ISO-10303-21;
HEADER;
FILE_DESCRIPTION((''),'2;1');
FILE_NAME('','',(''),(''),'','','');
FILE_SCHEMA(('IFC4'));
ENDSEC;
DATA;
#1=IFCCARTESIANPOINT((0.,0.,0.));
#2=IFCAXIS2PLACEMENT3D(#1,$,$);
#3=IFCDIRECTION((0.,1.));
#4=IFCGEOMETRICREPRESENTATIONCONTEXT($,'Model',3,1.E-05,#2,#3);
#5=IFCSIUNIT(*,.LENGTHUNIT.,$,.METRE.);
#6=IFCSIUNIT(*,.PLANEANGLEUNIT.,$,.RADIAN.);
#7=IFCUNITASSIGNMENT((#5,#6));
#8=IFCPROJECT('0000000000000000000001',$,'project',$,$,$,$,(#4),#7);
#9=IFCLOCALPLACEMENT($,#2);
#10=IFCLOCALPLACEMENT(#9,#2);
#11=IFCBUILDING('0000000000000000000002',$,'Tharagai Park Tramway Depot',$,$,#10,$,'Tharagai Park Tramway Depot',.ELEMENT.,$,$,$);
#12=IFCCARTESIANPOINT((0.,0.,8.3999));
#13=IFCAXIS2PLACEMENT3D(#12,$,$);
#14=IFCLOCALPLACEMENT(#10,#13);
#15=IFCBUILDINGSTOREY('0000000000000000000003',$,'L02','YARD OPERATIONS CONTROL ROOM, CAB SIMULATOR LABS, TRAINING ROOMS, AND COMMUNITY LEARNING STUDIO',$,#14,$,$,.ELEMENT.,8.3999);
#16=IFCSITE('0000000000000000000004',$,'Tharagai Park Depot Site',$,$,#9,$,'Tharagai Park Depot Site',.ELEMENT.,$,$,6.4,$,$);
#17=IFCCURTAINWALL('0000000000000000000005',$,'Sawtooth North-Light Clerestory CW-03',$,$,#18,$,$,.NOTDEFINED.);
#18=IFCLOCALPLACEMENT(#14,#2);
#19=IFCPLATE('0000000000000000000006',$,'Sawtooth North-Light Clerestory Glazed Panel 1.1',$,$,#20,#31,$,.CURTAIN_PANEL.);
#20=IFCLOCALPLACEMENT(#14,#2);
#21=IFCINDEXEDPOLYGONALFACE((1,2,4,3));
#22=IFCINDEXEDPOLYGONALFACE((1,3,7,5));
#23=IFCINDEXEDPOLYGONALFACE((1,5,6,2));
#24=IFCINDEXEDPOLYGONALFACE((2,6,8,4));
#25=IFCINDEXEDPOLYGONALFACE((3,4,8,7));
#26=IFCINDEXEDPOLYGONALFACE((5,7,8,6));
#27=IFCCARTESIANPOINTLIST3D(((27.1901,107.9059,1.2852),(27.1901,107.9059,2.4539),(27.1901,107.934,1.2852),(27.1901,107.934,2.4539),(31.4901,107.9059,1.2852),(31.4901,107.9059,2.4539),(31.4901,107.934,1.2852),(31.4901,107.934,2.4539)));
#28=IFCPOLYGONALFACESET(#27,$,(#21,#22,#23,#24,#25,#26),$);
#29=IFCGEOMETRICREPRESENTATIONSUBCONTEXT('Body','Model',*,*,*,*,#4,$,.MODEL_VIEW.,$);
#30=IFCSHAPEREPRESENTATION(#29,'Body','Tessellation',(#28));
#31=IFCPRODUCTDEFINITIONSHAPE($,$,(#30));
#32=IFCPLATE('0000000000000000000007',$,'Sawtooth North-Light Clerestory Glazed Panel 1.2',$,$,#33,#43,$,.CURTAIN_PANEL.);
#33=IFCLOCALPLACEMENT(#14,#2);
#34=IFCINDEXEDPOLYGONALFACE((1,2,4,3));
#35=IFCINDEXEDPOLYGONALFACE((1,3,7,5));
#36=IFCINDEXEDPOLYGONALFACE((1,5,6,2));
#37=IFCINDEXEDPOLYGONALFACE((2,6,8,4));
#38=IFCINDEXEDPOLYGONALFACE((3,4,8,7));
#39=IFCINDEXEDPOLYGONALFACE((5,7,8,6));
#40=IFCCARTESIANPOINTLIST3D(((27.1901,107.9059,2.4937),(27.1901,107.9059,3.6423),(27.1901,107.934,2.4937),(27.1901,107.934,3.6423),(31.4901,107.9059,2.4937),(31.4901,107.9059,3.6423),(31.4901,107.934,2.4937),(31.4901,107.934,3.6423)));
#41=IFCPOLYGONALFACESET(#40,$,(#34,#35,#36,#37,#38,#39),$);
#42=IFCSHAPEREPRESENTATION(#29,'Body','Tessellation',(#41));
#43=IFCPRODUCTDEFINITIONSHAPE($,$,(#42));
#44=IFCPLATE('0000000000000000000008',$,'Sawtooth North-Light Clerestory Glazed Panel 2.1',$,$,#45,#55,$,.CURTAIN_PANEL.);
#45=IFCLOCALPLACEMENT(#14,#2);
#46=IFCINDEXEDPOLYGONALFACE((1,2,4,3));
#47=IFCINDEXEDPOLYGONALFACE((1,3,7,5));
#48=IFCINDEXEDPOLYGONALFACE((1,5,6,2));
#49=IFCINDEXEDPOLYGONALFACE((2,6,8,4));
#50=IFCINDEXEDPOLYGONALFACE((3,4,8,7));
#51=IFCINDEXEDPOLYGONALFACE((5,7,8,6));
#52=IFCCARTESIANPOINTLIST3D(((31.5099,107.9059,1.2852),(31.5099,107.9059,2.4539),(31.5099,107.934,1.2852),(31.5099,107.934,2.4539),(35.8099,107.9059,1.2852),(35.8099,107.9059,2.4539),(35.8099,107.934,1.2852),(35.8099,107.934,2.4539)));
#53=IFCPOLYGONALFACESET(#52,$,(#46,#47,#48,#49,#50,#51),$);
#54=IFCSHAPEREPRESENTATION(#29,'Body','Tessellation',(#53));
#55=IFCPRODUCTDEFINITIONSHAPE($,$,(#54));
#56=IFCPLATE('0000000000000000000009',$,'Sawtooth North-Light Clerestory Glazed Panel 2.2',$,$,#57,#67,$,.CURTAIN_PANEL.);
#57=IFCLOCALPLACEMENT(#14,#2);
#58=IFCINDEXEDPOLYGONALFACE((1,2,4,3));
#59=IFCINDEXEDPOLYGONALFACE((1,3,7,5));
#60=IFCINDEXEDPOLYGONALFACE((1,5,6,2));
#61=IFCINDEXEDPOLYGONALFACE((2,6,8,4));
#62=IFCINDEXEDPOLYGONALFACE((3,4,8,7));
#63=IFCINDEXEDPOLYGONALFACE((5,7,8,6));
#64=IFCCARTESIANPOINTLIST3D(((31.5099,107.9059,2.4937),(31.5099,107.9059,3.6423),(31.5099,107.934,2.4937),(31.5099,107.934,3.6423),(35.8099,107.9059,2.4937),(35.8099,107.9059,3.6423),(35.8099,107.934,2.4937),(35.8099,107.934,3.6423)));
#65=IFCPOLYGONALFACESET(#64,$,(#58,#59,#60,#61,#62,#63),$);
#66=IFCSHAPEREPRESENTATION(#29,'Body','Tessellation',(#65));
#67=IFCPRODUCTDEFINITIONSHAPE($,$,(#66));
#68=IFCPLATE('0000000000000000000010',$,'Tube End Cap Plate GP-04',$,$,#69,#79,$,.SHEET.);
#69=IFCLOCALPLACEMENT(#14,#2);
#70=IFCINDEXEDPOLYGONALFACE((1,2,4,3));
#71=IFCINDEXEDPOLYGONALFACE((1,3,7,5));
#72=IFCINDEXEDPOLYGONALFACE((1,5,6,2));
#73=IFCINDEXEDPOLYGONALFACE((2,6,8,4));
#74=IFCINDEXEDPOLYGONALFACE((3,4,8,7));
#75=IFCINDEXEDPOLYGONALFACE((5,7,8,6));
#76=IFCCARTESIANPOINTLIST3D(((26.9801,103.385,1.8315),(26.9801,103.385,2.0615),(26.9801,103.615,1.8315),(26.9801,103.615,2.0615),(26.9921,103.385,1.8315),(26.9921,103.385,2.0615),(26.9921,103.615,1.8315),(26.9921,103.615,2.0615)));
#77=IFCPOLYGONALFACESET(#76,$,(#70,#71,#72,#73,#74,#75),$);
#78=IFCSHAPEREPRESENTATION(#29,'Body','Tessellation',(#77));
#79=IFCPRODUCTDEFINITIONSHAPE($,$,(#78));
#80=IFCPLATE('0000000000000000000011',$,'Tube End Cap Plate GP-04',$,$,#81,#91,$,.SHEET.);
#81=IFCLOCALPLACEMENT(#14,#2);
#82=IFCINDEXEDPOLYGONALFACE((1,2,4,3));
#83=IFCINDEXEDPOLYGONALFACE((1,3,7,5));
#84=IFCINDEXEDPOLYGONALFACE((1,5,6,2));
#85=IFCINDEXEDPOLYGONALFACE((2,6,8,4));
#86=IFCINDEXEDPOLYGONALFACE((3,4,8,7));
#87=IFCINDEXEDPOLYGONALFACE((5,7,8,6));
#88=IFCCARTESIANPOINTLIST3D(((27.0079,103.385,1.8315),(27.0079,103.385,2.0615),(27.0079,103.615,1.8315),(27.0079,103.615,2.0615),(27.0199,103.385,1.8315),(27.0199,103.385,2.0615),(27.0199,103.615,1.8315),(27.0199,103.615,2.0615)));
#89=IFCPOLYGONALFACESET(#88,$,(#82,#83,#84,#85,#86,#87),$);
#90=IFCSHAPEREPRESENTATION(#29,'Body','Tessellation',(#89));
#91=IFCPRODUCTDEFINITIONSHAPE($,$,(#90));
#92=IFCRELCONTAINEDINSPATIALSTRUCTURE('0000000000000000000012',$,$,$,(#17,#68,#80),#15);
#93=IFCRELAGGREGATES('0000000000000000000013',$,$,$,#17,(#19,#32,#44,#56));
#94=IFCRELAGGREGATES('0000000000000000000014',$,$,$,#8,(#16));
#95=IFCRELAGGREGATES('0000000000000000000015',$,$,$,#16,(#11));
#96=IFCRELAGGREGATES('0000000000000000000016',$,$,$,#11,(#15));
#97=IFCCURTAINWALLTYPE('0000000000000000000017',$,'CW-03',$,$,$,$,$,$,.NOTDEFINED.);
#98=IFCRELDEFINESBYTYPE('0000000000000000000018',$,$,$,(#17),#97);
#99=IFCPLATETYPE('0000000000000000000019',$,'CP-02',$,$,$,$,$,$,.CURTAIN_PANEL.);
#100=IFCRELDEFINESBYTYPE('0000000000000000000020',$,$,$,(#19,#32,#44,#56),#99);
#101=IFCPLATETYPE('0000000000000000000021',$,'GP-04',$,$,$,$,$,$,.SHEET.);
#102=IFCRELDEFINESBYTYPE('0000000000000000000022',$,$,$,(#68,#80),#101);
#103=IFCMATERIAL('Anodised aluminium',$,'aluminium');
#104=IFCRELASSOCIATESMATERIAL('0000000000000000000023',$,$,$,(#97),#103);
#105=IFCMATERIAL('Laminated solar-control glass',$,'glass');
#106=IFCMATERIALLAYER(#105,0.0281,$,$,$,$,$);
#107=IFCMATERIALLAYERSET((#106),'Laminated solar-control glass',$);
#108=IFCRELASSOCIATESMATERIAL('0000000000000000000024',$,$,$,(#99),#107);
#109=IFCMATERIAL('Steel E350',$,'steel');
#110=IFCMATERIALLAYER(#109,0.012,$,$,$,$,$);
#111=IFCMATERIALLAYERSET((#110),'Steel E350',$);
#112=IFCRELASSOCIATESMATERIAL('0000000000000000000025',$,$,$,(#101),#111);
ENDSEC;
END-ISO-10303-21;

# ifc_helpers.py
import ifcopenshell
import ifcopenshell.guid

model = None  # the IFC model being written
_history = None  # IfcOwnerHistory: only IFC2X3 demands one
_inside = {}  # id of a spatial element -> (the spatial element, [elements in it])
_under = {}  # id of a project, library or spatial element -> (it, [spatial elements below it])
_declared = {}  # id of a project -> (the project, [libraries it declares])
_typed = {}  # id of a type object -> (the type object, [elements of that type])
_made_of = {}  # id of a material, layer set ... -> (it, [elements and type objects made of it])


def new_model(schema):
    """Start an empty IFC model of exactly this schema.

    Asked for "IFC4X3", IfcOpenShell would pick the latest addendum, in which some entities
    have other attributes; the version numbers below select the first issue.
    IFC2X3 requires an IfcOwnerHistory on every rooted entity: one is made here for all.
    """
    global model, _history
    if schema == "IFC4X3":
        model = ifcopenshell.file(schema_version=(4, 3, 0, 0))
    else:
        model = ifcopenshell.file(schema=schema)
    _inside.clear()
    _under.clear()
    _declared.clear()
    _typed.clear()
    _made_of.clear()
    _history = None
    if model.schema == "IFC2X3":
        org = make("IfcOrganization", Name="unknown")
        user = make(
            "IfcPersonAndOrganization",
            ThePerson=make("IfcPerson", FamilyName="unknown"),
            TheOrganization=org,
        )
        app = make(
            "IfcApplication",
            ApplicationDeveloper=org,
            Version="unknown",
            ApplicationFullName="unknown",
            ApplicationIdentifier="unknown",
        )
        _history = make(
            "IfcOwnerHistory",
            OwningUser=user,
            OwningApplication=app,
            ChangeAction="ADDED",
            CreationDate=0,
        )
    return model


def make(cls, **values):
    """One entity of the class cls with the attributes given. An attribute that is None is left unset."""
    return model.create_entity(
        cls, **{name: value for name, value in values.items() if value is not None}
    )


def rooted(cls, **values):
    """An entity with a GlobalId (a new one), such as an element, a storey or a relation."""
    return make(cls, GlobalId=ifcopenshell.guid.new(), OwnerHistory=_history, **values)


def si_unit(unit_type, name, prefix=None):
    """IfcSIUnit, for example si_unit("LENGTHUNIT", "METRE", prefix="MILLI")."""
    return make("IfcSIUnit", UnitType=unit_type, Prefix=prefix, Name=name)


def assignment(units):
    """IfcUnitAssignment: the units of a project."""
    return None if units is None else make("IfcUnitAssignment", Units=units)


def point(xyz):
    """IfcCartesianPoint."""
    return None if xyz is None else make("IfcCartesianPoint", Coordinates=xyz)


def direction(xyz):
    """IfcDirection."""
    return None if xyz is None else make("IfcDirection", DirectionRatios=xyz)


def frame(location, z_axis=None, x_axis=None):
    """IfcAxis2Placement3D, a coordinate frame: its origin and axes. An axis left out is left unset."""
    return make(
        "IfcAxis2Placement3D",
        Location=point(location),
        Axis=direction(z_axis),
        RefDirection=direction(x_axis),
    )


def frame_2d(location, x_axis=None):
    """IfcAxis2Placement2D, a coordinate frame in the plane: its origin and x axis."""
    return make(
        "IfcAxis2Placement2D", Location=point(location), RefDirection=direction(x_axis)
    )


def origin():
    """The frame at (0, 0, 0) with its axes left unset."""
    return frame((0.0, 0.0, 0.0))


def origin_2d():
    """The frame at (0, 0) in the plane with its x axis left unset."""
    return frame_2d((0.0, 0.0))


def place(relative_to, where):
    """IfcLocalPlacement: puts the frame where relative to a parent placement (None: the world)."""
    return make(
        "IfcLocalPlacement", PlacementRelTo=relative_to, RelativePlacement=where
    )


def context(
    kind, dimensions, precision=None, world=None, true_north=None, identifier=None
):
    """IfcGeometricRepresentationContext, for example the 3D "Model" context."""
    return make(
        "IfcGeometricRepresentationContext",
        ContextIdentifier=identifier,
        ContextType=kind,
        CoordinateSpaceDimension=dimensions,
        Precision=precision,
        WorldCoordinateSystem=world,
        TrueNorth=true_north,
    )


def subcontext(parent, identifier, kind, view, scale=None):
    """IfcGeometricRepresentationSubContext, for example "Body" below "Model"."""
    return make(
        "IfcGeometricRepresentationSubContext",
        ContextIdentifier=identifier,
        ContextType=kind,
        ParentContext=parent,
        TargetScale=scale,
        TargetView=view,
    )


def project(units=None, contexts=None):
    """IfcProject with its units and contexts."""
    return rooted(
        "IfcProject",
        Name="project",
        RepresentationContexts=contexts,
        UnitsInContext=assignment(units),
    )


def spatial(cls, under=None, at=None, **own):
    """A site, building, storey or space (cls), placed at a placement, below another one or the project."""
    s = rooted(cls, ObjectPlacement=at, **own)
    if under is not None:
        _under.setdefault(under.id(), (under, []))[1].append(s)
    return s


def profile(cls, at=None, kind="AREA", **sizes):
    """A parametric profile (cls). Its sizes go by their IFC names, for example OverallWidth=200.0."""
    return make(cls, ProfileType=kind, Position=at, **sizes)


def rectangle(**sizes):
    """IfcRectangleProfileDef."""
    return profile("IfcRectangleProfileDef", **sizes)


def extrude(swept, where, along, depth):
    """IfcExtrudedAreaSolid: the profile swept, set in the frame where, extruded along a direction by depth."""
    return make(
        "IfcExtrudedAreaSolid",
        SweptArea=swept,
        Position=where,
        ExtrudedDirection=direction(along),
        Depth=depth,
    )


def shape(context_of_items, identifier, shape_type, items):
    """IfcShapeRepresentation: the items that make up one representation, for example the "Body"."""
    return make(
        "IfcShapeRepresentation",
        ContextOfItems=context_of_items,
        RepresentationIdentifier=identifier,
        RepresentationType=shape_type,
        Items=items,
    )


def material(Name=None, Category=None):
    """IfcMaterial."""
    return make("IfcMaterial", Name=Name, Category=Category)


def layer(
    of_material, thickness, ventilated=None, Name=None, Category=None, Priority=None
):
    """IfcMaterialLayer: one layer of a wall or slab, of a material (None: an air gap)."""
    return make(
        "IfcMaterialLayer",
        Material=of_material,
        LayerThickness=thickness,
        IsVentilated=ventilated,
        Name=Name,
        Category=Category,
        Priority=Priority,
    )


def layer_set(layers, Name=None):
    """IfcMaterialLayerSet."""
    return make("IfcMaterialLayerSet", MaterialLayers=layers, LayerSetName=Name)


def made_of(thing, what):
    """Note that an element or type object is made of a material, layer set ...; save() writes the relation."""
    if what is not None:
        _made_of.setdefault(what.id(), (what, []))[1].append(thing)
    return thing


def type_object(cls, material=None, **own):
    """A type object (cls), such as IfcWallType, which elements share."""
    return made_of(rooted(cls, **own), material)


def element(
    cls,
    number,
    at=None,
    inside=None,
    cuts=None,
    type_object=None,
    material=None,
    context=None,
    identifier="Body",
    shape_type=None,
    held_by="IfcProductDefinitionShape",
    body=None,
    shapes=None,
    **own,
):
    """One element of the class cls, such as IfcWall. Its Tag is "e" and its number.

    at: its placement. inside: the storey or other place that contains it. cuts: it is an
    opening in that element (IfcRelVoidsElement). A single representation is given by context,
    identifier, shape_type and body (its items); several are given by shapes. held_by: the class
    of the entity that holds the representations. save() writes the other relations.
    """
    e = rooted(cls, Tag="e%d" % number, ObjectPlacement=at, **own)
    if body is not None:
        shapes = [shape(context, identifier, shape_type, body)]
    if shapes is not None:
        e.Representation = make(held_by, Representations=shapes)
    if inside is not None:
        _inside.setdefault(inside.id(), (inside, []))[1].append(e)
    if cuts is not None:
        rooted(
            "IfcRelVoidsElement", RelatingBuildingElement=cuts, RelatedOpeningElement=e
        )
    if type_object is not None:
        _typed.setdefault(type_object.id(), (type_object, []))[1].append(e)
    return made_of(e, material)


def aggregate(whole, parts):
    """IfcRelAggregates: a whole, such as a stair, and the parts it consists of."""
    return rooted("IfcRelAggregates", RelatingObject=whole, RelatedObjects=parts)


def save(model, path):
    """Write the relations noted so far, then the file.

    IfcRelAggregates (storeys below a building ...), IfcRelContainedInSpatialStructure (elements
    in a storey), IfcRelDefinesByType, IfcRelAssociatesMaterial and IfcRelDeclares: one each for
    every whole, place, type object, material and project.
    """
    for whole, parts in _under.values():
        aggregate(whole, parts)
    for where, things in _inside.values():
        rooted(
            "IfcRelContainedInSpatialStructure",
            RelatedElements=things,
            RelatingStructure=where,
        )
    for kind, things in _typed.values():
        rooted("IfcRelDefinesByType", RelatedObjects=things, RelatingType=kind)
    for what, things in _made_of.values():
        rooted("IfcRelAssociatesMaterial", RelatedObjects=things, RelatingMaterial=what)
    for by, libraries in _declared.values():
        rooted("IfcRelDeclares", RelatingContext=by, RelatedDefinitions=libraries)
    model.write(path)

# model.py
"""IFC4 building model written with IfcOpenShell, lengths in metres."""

from ifc_helpers import new_model, si_unit, direction, frame, origin, origin_2d, place, context, subcontext, project, spatial, rectangle, extrude, material, layer, layer_set, type_object, element, aggregate, save


model = new_model("IFC4")

# Units and contexts
model_context = context("Model", 3, precision=1e-05, world=origin(), true_north=direction((0.0, 1.0)))
body_context = subcontext(model_context, "Body", "Model", "MODEL_VIEW")
ifc_project = project(units=[si_unit("LENGTHUNIT", "METRE"), si_unit("PLANEANGLEUNIT", "RADIAN")], contexts=[model_context])

# Site, building, storey
site_placement = place(None, origin())
site = spatial("IfcSite", under=ifc_project, at=site_placement, Name="Tharagai Park Depot Site", LongName="Tharagai Park Depot Site", CompositionType="ELEMENT", RefElevation=6.4)
building_placement = place(site_placement, origin())
building = spatial("IfcBuilding", under=site, at=building_placement, Name="Tharagai Park Tramway Depot", LongName="Tharagai Park Tramway Depot", CompositionType="ELEMENT")
storey_placement = place(building_placement, frame((0.0, 0.0, 8.3999)))
storey = spatial("IfcBuildingStorey", under=building, at=storey_placement, Name="L02", Description="YARD OPERATIONS CONTROL ROOM, CAB SIMULATOR LABS, TRAINING ROOMS, AND COMMUNITY LEARNING STUDIO", CompositionType="ELEMENT", Elevation=8.3999)

# Shared definitions
ifc_material_1 = material(Name="Steel E350", Category="steel")

# Curtain wall
ifc_material_2 = material(Name="Anodised aluminium", Category="aluminium")
curtain_wall_type = type_object("IfcCurtainWallType", Name="CW-03", PredefinedType="NOTDEFINED", material=ifc_material_2)
curtain_wall_1_placement = place(storey_placement, origin())
curtain_wall_1 = element("IfcCurtainWall", 1, at=curtain_wall_1_placement, inside=storey, type_object=curtain_wall_type, Name="Sawtooth North-Light Clerestory CW-03", PredefinedType="NOTDEFINED")

# Plates
ifc_material_3 = material(Name="Laminated solar-control glass", Category="glass")
ifc_layer_1 = layer(ifc_material_3, 0.0281)
ifc_layer_set_1 = layer_set([ifc_layer_1], Name="Laminated solar-control glass")
plate_type_1 = type_object("IfcPlateType", Name="CP-02", PredefinedType="CURTAIN_PANEL", material=ifc_layer_set_1)
plate_1_placement = place(storey_placement, frame((29.3401, 107.9199, 1.2852), z_axis=(0.0, 0.0, 1.0), x_axis=(1.0, 0.0, 0.0)))
plate_1 = element("IfcPlate", 2, at=plate_1_placement, type_object=plate_type_1, Name="Sawtooth North-Light Clerestory Glazed Panel 1.1", PredefinedType="CURTAIN_PANEL", context=body_context, shape_type="SweptSolid", body=[
    extrude(rectangle(XDim=4.3, YDim=0.0281, at=origin_2d()), origin(), (0.0, 0.0, 1.0), 1.1687),
])
plate_2_placement = place(storey_placement, frame((29.3401, 107.9199, 2.4937), z_axis=(0.0, 0.0, 1.0), x_axis=(1.0, 0.0, 0.0)))
plate_2 = element("IfcPlate", 3, at=plate_2_placement, type_object=plate_type_1, Name="Sawtooth North-Light Clerestory Glazed Panel 1.2", PredefinedType="CURTAIN_PANEL", context=body_context, shape_type="SweptSolid", body=[
    extrude(rectangle(XDim=4.3, YDim=0.0281, at=origin_2d()), origin(), (0.0, 0.0, 1.0), 1.1487),
])
plate_3_placement = place(storey_placement, frame((33.6599, 107.9199, 1.2852), z_axis=(0.0, 0.0, 1.0), x_axis=(1.0, 0.0, 0.0)))
plate_3 = element("IfcPlate", 4, at=plate_3_placement, type_object=plate_type_1, Name="Sawtooth North-Light Clerestory Glazed Panel 2.1", PredefinedType="CURTAIN_PANEL", context=body_context, shape_type="SweptSolid", body=[
    extrude(rectangle(XDim=4.3, YDim=0.0281, at=origin_2d()), origin(), (0.0, 0.0, 1.0), 1.1687),
])
plate_4_placement = place(storey_placement, frame((33.6599, 107.9199, 2.4937), z_axis=(0.0, 0.0, 1.0), x_axis=(1.0, 0.0, 0.0)))
plate_4 = element("IfcPlate", 5, at=plate_4_placement, type_object=plate_type_1, Name="Sawtooth North-Light Clerestory Glazed Panel 2.2", PredefinedType="CURTAIN_PANEL", context=body_context, shape_type="SweptSolid", body=[
    extrude(rectangle(XDim=4.3, YDim=0.0281, at=origin_2d()), origin(), (0.0, 0.0, 1.0), 1.1487),
])
aggregate(curtain_wall_1, [plate_1, plate_2, plate_3, plate_4])

# Plates
ifc_layer_2 = layer(ifc_material_1, 0.012)
ifc_layer_set_2 = layer_set([ifc_layer_2], Name="Steel E350")
plate_type_2 = type_object("IfcPlateType", Name="GP-04", PredefinedType="SHEET", material=ifc_layer_set_2)
for number, where, z_axis, x_axis, name in (
    (6, (26.9861, 103.5, 1.8315), (0.0, 0.0, 1.0), (1.0, 0.0, 0.0), "Tube End Cap Plate GP-04"),
    (7, (27.0139, 103.5, 1.8315), (0.0, 0.0, 1.0), (1.0, 0.0, 0.0), "Tube End Cap Plate GP-04"),
):
    element("IfcPlate", number, at=place(storey_placement, frame(where, z_axis=z_axis, x_axis=x_axis)), inside=storey, type_object=plate_type_2, Name=name, PredefinedType="SHEET", context=body_context, shape_type="SweptSolid", body=[
        extrude(rectangle(XDim=0.012, YDim=0.23, at=origin_2d()), origin(), (0.0, 0.0, 1.0), 0.23),
    ])

save(model, "model.ifc")
